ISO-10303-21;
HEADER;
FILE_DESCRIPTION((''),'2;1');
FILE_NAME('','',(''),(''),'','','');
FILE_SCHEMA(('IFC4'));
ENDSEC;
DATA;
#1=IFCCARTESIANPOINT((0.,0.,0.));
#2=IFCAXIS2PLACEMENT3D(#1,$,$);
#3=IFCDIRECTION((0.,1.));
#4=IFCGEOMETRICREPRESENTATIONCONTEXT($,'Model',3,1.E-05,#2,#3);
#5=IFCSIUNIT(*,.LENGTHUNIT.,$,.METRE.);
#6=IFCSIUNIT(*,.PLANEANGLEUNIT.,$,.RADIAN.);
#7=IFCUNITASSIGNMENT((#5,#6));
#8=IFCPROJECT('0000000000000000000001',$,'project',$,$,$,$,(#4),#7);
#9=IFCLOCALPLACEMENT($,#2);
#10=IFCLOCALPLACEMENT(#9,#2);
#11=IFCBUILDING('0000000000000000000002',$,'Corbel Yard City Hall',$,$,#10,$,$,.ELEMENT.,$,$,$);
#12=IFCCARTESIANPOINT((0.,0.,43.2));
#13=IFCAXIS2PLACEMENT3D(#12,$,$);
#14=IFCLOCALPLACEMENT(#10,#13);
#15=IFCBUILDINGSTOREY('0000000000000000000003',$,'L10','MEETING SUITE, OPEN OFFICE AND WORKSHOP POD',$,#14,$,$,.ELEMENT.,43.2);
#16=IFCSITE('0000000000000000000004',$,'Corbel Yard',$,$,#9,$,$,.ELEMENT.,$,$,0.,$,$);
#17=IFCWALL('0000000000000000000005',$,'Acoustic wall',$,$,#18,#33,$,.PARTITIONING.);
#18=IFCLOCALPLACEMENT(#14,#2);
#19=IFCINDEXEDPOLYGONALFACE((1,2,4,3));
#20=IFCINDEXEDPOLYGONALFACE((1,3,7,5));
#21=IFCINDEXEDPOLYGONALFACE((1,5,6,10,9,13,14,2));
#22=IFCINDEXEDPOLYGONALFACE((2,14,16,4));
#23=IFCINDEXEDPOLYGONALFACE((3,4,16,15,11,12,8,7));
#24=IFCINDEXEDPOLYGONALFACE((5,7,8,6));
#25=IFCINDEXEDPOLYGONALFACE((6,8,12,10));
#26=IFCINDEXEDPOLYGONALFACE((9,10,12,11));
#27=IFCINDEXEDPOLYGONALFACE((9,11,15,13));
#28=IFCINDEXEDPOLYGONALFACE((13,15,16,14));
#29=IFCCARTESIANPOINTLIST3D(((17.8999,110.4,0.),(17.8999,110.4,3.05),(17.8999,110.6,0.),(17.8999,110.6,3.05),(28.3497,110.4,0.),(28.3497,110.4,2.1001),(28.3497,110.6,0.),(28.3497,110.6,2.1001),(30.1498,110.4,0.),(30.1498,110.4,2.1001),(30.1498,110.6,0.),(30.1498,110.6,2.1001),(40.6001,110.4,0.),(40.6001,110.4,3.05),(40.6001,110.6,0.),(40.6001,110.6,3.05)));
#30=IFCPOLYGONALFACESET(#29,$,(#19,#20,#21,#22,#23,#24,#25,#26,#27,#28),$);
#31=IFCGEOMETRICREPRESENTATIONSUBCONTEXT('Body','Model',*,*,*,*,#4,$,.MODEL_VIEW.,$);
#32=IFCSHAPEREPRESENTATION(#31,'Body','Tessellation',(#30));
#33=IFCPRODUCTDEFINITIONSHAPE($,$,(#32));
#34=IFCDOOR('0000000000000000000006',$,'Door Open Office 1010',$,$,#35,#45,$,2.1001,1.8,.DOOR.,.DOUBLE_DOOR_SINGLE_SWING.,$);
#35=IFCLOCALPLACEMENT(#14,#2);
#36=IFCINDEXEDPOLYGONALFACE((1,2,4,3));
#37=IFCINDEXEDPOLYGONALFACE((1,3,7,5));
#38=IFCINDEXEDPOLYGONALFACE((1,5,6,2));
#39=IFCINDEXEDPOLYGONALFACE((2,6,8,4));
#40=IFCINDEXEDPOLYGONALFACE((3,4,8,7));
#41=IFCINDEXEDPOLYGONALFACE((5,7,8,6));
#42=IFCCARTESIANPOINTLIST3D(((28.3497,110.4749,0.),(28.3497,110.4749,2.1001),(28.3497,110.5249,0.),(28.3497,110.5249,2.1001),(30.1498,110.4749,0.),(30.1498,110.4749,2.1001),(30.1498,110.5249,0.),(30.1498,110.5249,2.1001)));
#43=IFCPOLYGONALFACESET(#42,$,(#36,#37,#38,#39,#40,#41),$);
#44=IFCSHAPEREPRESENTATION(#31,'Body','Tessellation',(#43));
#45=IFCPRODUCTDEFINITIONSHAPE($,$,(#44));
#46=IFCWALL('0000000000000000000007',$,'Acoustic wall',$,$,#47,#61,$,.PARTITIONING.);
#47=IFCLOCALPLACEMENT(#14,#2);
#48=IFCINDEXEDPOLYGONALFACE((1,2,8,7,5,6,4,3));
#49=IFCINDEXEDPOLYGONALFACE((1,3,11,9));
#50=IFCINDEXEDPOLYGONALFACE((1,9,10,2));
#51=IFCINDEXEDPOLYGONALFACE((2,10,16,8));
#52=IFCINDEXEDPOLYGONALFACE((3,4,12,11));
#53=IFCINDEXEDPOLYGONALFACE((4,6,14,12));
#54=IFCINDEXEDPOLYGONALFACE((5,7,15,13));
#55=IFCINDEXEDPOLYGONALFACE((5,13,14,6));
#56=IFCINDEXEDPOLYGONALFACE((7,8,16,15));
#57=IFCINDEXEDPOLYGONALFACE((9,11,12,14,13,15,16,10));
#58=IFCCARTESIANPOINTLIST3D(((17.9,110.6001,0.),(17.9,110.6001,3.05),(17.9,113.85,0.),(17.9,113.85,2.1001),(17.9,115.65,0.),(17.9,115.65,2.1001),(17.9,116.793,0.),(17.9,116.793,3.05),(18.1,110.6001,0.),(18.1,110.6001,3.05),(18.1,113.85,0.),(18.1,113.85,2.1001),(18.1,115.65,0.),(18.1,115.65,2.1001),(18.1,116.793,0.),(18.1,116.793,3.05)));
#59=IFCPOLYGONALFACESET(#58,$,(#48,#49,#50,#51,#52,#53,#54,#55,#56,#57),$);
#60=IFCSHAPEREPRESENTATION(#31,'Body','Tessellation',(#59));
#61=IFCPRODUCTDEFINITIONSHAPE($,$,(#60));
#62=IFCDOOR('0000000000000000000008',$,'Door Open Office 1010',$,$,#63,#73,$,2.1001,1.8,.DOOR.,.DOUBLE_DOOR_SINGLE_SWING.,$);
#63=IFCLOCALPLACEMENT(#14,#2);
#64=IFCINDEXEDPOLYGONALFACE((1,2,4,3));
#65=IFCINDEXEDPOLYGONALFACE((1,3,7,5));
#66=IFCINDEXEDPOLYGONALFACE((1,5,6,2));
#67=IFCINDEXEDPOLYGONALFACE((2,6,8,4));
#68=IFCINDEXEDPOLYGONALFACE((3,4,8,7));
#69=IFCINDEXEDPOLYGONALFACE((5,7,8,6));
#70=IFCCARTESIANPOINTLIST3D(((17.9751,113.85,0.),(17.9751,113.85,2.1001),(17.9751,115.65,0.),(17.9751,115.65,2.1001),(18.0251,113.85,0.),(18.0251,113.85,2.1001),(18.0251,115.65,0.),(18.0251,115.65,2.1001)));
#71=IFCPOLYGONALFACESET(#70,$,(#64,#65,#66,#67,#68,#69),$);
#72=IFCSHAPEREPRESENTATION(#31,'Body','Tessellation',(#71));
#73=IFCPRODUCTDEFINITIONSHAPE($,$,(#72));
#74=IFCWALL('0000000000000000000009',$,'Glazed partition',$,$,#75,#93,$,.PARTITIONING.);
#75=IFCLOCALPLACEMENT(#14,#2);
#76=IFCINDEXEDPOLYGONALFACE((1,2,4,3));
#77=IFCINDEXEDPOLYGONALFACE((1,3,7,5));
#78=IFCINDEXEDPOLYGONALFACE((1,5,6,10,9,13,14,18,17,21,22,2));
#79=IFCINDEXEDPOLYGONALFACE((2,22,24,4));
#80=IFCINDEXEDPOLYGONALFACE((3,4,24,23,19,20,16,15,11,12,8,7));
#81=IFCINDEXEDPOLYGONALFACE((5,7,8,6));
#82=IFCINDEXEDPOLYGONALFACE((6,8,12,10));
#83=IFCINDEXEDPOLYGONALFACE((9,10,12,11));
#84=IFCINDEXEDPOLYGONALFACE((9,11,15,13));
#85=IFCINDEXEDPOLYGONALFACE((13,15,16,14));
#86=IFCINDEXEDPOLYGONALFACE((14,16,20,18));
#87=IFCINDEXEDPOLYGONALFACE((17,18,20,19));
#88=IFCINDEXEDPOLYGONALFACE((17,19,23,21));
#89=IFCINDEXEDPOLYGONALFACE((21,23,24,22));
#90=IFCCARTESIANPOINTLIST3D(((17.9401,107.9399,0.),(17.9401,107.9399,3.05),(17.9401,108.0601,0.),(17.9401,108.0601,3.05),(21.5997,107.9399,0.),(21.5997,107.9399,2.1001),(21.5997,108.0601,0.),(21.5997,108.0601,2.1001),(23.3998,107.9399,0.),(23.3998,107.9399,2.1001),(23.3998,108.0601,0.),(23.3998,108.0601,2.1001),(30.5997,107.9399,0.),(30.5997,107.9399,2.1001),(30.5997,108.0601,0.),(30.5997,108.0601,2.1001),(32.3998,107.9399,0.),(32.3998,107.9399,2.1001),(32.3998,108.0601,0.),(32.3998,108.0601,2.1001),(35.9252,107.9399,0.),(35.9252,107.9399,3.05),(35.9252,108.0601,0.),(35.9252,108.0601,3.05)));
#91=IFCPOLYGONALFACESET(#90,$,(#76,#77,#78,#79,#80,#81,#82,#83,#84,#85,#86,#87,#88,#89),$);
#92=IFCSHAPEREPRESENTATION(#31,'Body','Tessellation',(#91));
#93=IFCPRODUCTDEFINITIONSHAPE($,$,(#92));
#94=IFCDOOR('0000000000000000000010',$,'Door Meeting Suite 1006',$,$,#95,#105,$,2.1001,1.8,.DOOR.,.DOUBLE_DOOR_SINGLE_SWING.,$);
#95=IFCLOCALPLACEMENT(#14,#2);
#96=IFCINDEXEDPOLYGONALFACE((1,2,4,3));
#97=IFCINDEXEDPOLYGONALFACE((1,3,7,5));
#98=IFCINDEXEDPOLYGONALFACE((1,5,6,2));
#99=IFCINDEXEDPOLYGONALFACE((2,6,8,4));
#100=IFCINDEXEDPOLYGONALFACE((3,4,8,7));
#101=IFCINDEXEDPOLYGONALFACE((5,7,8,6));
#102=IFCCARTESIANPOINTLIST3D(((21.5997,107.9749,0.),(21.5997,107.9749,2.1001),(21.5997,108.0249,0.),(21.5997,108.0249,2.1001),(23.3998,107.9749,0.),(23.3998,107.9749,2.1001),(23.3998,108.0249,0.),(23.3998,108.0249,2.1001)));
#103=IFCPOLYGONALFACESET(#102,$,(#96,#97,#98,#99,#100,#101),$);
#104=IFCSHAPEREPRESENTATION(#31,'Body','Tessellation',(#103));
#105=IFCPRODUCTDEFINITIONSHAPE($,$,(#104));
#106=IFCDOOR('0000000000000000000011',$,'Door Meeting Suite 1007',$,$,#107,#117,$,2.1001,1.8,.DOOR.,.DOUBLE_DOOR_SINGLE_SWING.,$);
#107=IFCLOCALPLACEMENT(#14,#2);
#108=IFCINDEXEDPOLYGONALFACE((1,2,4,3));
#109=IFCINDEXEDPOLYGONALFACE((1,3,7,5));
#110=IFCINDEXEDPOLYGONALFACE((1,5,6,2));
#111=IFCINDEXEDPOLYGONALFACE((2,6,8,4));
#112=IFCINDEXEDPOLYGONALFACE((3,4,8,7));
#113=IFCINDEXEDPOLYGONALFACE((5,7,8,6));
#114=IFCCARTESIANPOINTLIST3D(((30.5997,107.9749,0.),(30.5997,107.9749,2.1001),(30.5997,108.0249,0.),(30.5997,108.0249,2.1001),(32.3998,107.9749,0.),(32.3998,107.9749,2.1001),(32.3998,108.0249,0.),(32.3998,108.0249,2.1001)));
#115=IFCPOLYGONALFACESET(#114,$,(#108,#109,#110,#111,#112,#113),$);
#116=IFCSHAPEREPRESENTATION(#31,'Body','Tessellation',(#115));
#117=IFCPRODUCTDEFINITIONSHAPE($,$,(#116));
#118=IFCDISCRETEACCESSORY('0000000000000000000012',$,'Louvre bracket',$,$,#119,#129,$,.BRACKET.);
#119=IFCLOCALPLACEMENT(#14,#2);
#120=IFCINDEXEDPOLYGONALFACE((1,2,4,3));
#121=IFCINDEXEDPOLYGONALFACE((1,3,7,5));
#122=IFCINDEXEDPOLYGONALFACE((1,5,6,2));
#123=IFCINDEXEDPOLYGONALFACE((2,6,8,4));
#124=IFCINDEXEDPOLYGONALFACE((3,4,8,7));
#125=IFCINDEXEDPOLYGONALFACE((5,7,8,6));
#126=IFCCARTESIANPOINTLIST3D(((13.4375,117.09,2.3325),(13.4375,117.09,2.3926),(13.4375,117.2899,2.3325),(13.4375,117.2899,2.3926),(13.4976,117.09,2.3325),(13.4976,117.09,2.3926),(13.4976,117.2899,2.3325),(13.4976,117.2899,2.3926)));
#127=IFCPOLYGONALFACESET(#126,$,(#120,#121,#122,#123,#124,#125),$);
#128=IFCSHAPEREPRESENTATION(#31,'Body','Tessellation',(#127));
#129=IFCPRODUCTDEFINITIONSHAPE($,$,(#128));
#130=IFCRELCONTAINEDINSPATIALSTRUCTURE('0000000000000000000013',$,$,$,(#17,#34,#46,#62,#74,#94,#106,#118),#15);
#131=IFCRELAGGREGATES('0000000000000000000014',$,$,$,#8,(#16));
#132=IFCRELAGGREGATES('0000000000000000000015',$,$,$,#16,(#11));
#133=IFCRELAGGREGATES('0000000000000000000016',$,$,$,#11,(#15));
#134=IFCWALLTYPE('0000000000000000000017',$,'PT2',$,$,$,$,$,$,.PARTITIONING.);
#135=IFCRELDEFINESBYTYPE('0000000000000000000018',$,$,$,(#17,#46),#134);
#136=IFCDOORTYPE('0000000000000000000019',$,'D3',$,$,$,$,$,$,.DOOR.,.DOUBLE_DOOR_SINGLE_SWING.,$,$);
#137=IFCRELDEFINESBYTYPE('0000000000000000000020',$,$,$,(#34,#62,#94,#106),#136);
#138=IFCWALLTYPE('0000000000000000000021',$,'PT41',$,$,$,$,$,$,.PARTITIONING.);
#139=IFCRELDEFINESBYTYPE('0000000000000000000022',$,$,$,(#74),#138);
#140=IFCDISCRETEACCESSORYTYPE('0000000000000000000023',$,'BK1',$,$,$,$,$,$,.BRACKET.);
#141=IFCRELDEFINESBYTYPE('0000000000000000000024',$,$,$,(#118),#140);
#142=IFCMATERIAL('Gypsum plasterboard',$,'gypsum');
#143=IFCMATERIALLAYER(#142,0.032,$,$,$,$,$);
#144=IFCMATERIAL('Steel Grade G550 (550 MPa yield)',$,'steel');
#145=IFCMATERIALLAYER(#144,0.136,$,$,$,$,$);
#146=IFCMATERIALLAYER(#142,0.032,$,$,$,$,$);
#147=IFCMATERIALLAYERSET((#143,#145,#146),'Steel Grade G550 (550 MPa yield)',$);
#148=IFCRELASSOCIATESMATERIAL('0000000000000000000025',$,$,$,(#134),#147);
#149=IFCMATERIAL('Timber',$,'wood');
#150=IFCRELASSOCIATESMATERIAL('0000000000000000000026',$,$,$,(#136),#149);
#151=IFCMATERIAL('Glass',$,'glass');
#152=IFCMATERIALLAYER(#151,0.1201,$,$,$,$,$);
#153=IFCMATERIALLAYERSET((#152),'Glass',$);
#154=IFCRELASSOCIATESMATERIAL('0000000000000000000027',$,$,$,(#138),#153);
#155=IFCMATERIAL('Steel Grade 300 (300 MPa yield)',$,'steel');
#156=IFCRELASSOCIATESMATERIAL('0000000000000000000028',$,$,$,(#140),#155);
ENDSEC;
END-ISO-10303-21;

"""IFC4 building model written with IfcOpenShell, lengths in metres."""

from ifc_helpers import new_model, si_unit, direction, frame, frame_2d, origin, origin_2d, place, context, subcontext, project, spatial, rectangle, extrude, material, layer, layer_set, type_object, element, fill, save


model = new_model("IFC4")

# Units and contexts
model_context = context("Model", 3, precision=1e-05, world=origin(), true_north=direction((0.0, 1.0)))
body_context = subcontext(model_context, "Body", "Model", "MODEL_VIEW")
ifc_project = project(units=[si_unit("LENGTHUNIT", "METRE"), si_unit("PLANEANGLEUNIT", "RADIAN")], contexts=[model_context])

# Site, building, storey
site_placement = place(None, origin())
site = spatial("IfcSite", under=ifc_project, at=site_placement, Name="Corbel Yard", CompositionType="ELEMENT", RefElevation=0.0)
building_placement = place(site_placement, origin())
building = spatial("IfcBuilding", under=site, at=building_placement, Name="Corbel Yard City Hall", CompositionType="ELEMENT")
storey_placement = place(building_placement, frame((0.0, 0.0, 43.2)))
storey = spatial("IfcBuildingStorey", under=building, at=storey_placement, Name="L10", Description="MEETING SUITE, OPEN OFFICE AND WORKSHOP POD", CompositionType="ELEMENT", Elevation=43.2)

# Shared definitions
ifc_material_1 = material(Name="Steel Grade 300 (300 MPa yield)", Category="steel")

# Shared definitions
ifc_material_2 = material(Name="Steel Grade G550 (550 MPa yield)", Category="steel")
ifc_material_3 = material(Name="Gypsum plasterboard", Category="gypsum")

# Walls, openings, doors
ifc_layer_1 = layer(ifc_material_3, 0.032)
ifc_layer_2 = layer(ifc_material_2, 0.136)
ifc_layer_3 = layer(ifc_material_3, 0.032)
ifc_layer_set_1 = layer_set([ifc_layer_1, ifc_layer_2, ifc_layer_3], Name="Steel Grade G550 (550 MPa yield)")
wall_type_1 = type_object("IfcWallType", Name="PT2", PredefinedType="PARTITIONING", material=ifc_layer_set_1)
wall_1_placement = place(storey_placement, frame((17.8999, 110.5, 0.0), z_axis=(0.0, 0.0, 1.0), x_axis=(1.0, 0.0, 0.0)))
wall_1 = element("IfcWall", 1, at=wall_1_placement, inside=storey, type_object=wall_type_1, Name="Acoustic wall", PredefinedType="PARTITIONING", context=body_context, shape_type="SweptSolid", body=[
    extrude(rectangle(XDim=22.7002, YDim=0.2, at=frame_2d((11.3501, 0.0))), origin(), (0.0, 0.0, 1.0), 3.05),
])
opening_1_placement = place(wall_1_placement, frame((10.45, 0.0, 0.0)))
opening_1 = element("IfcOpeningElement", 2, at=opening_1_placement, cuts=wall_1, PredefinedType="OPENING", context=body_context, shape_type="SweptSolid", body=[
    extrude(rectangle(XDim=1.8, YDim=2.1001, at=frame_2d((0.8999, 1.05))), frame((0.0, 0.1099, 0.0), z_axis=(0.0, -1.0, 0.0), x_axis=(1.0, 0.0, 0.0)), (0.0, 0.0, 1.0), 0.22),
])
ifc_material_4 = material(Name="Timber", Category="wood")
door_type_1 = type_object("IfcDoorType", Name="D3", OperationType="DOUBLE_DOOR_SINGLE_SWING", PredefinedType="DOOR", material=ifc_material_4)
door_1_placement = place(opening_1_placement, origin())
door_1 = element("IfcDoor", 3, at=door_1_placement, inside=storey, type_object=door_type_1, Name="Door Open Office 1010", OperationType="DOUBLE_DOOR_SINGLE_SWING", OverallHeight=2.1001, OverallWidth=1.8, PredefinedType="DOOR", context=body_context, shape_type="SweptSolid", body=[
    extrude(rectangle(XDim=1.8, YDim=2.1001, at=frame_2d((0.8999, 1.05))), frame((0.0, 0.0249, 0.0), z_axis=(0.0, -1.0, 0.0), x_axis=(1.0, 0.0, 0.0)), (0.0, 0.0, 1.0), 0.05),
])
fill(opening_1, door_1)
wall_2_placement = place(storey_placement, frame((18.0, 110.6001, 0.0), z_axis=(0.0, 0.0, 1.0), x_axis=(0.0, 1.0, 0.0)))
wall_2 = element("IfcWall", 4, at=wall_2_placement, inside=storey, type_object=wall_type_1, Name="Acoustic wall", PredefinedType="PARTITIONING", context=body_context, shape_type="SweptSolid", body=[
    extrude(rectangle(XDim=6.1929, YDim=0.2, at=frame_2d((3.0964, 0.0))), origin(), (0.0, 0.0, 1.0), 3.05),
])
opening_2_placement = place(wall_2_placement, frame((3.25, 0.0, 0.0)))
opening_2 = element("IfcOpeningElement", 5, at=opening_2_placement, cuts=wall_2, PredefinedType="OPENING", context=body_context, shape_type="SweptSolid", body=[
    extrude(rectangle(XDim=1.8, YDim=2.1001, at=frame_2d((0.8999, 1.05))), frame((0.0, 0.1099, 0.0), z_axis=(0.0, -1.0, 0.0), x_axis=(1.0, 0.0, 0.0)), (0.0, 0.0, 1.0), 0.22),
])
door_2_placement = place(opening_2_placement, origin())
door_2 = element("IfcDoor", 6, at=door_2_placement, inside=storey, type_object=door_type_1, Name="Door Open Office 1010", OperationType="DOUBLE_DOOR_SINGLE_SWING", OverallHeight=2.1001, OverallWidth=1.8, PredefinedType="DOOR", context=body_context, shape_type="SweptSolid", body=[
    extrude(rectangle(XDim=1.8, YDim=2.1001, at=frame_2d((0.8999, 1.05))), frame((0.0, 0.0249, 0.0), z_axis=(0.0, -1.0, 0.0), x_axis=(1.0, 0.0, 0.0)), (0.0, 0.0, 1.0), 0.05),
])
fill(opening_2, door_2)

# Wall, openings, doors
ifc_material_5 = material(Name="Glass", Category="glass")
ifc_layer_4 = layer(ifc_material_5, 0.1201)
ifc_layer_set_2 = layer_set([ifc_layer_4], Name="Glass")
wall_type_2 = type_object("IfcWallType", Name="PT41", PredefinedType="PARTITIONING", material=ifc_layer_set_2)
wall_3_placement = place(storey_placement, frame((17.9399, 108.0, 0.0), z_axis=(0.0, 0.0, 1.0), x_axis=(1.0, 0.0, 0.0)))
wall_3 = element("IfcWall", 7, at=wall_3_placement, inside=storey, type_object=wall_type_2, Name="Glazed partition", PredefinedType="PARTITIONING", context=body_context, shape_type="SweptSolid", body=[
    extrude(rectangle(XDim=17.9851, YDim=0.1201, at=frame_2d((8.9927, 0.0))), origin(), (0.0, 0.0, 1.0), 3.05),
])
opening_3_placement = place(wall_3_placement, frame((3.6599, 0.0, 0.0)))
opening_3 = element("IfcOpeningElement", 8, at=opening_3_placement, cuts=wall_3, PredefinedType="OPENING", context=body_context, shape_type="SweptSolid", body=[
    extrude(rectangle(XDim=1.8, YDim=2.1001, at=frame_2d((0.8999, 1.05))), frame((0.0, 0.0701, 0.0), z_axis=(0.0, -1.0, 0.0), x_axis=(1.0, 0.0, 0.0)), (0.0, 0.0, 1.0), 0.1401),
])
opening_4_placement = place(wall_3_placement, frame((12.6599, 0.0, 0.0)))
opening_4 = element("IfcOpeningElement", 9, at=opening_4_placement, cuts=wall_3, PredefinedType="OPENING", context=body_context, shape_type="SweptSolid", body=[
    extrude(rectangle(XDim=1.8, YDim=2.1001, at=frame_2d((0.8999, 1.05))), frame((0.0, 0.0701, 0.0), z_axis=(0.0, -1.0, 0.0), x_axis=(1.0, 0.0, 0.0)), (0.0, 0.0, 1.0), 0.1401),
])
door_3_placement = place(opening_3_placement, origin())
door_3 = element("IfcDoor", 10, at=door_3_placement, inside=storey, type_object=door_type_1, Name="Door Meeting Suite 1006", OperationType="DOUBLE_DOOR_SINGLE_SWING", OverallHeight=2.1001, OverallWidth=1.8, PredefinedType="DOOR", context=body_context, shape_type="SweptSolid", body=[
    extrude(rectangle(XDim=1.8, YDim=2.1001, at=frame_2d((0.8999, 1.05))), frame((0.0, 0.0249, 0.0), z_axis=(0.0, -1.0, 0.0), x_axis=(1.0, 0.0, 0.0)), (0.0, 0.0, 1.0), 0.05),
])
fill(opening_3, door_3)
door_4_placement = place(opening_4_placement, origin())
door_4 = element("IfcDoor", 11, at=door_4_placement, inside=storey, type_object=door_type_1, Name="Door Meeting Suite 1007", OperationType="DOUBLE_DOOR_SINGLE_SWING", OverallHeight=2.1001, OverallWidth=1.8, PredefinedType="DOOR", context=body_context, shape_type="SweptSolid", body=[
    extrude(rectangle(XDim=1.8, YDim=2.1001, at=frame_2d((0.8999, 1.05))), frame((0.0, 0.0249, 0.0), z_axis=(0.0, -1.0, 0.0), x_axis=(1.0, 0.0, 0.0)), (0.0, 0.0, 1.0), 0.05),
])
fill(opening_4, door_4)

# Discrete accessory
discrete_accessory_type = type_object("IfcDiscreteAccessoryType", Name="BK1", PredefinedType="BRACKET", material=ifc_material_1)
discrete_accessory_placement = place(storey_placement, frame((13.4675, 117.1899, 2.3325), z_axis=(0.0, 0.0, 1.0), x_axis=(1.0, 0.0, 0.0)))
element("IfcDiscreteAccessory", 12, at=discrete_accessory_placement, inside=storey, type_object=discrete_accessory_type, Name="Louvre bracket", PredefinedType="BRACKET", context=body_context, shape_type="SweptSolid", body=[
    extrude(rectangle(XDim=0.0601, YDim=0.2, at=origin_2d()), origin(), (0.0, 0.0, 1.0), 0.0601),
])

save(model, "model.ifc")
